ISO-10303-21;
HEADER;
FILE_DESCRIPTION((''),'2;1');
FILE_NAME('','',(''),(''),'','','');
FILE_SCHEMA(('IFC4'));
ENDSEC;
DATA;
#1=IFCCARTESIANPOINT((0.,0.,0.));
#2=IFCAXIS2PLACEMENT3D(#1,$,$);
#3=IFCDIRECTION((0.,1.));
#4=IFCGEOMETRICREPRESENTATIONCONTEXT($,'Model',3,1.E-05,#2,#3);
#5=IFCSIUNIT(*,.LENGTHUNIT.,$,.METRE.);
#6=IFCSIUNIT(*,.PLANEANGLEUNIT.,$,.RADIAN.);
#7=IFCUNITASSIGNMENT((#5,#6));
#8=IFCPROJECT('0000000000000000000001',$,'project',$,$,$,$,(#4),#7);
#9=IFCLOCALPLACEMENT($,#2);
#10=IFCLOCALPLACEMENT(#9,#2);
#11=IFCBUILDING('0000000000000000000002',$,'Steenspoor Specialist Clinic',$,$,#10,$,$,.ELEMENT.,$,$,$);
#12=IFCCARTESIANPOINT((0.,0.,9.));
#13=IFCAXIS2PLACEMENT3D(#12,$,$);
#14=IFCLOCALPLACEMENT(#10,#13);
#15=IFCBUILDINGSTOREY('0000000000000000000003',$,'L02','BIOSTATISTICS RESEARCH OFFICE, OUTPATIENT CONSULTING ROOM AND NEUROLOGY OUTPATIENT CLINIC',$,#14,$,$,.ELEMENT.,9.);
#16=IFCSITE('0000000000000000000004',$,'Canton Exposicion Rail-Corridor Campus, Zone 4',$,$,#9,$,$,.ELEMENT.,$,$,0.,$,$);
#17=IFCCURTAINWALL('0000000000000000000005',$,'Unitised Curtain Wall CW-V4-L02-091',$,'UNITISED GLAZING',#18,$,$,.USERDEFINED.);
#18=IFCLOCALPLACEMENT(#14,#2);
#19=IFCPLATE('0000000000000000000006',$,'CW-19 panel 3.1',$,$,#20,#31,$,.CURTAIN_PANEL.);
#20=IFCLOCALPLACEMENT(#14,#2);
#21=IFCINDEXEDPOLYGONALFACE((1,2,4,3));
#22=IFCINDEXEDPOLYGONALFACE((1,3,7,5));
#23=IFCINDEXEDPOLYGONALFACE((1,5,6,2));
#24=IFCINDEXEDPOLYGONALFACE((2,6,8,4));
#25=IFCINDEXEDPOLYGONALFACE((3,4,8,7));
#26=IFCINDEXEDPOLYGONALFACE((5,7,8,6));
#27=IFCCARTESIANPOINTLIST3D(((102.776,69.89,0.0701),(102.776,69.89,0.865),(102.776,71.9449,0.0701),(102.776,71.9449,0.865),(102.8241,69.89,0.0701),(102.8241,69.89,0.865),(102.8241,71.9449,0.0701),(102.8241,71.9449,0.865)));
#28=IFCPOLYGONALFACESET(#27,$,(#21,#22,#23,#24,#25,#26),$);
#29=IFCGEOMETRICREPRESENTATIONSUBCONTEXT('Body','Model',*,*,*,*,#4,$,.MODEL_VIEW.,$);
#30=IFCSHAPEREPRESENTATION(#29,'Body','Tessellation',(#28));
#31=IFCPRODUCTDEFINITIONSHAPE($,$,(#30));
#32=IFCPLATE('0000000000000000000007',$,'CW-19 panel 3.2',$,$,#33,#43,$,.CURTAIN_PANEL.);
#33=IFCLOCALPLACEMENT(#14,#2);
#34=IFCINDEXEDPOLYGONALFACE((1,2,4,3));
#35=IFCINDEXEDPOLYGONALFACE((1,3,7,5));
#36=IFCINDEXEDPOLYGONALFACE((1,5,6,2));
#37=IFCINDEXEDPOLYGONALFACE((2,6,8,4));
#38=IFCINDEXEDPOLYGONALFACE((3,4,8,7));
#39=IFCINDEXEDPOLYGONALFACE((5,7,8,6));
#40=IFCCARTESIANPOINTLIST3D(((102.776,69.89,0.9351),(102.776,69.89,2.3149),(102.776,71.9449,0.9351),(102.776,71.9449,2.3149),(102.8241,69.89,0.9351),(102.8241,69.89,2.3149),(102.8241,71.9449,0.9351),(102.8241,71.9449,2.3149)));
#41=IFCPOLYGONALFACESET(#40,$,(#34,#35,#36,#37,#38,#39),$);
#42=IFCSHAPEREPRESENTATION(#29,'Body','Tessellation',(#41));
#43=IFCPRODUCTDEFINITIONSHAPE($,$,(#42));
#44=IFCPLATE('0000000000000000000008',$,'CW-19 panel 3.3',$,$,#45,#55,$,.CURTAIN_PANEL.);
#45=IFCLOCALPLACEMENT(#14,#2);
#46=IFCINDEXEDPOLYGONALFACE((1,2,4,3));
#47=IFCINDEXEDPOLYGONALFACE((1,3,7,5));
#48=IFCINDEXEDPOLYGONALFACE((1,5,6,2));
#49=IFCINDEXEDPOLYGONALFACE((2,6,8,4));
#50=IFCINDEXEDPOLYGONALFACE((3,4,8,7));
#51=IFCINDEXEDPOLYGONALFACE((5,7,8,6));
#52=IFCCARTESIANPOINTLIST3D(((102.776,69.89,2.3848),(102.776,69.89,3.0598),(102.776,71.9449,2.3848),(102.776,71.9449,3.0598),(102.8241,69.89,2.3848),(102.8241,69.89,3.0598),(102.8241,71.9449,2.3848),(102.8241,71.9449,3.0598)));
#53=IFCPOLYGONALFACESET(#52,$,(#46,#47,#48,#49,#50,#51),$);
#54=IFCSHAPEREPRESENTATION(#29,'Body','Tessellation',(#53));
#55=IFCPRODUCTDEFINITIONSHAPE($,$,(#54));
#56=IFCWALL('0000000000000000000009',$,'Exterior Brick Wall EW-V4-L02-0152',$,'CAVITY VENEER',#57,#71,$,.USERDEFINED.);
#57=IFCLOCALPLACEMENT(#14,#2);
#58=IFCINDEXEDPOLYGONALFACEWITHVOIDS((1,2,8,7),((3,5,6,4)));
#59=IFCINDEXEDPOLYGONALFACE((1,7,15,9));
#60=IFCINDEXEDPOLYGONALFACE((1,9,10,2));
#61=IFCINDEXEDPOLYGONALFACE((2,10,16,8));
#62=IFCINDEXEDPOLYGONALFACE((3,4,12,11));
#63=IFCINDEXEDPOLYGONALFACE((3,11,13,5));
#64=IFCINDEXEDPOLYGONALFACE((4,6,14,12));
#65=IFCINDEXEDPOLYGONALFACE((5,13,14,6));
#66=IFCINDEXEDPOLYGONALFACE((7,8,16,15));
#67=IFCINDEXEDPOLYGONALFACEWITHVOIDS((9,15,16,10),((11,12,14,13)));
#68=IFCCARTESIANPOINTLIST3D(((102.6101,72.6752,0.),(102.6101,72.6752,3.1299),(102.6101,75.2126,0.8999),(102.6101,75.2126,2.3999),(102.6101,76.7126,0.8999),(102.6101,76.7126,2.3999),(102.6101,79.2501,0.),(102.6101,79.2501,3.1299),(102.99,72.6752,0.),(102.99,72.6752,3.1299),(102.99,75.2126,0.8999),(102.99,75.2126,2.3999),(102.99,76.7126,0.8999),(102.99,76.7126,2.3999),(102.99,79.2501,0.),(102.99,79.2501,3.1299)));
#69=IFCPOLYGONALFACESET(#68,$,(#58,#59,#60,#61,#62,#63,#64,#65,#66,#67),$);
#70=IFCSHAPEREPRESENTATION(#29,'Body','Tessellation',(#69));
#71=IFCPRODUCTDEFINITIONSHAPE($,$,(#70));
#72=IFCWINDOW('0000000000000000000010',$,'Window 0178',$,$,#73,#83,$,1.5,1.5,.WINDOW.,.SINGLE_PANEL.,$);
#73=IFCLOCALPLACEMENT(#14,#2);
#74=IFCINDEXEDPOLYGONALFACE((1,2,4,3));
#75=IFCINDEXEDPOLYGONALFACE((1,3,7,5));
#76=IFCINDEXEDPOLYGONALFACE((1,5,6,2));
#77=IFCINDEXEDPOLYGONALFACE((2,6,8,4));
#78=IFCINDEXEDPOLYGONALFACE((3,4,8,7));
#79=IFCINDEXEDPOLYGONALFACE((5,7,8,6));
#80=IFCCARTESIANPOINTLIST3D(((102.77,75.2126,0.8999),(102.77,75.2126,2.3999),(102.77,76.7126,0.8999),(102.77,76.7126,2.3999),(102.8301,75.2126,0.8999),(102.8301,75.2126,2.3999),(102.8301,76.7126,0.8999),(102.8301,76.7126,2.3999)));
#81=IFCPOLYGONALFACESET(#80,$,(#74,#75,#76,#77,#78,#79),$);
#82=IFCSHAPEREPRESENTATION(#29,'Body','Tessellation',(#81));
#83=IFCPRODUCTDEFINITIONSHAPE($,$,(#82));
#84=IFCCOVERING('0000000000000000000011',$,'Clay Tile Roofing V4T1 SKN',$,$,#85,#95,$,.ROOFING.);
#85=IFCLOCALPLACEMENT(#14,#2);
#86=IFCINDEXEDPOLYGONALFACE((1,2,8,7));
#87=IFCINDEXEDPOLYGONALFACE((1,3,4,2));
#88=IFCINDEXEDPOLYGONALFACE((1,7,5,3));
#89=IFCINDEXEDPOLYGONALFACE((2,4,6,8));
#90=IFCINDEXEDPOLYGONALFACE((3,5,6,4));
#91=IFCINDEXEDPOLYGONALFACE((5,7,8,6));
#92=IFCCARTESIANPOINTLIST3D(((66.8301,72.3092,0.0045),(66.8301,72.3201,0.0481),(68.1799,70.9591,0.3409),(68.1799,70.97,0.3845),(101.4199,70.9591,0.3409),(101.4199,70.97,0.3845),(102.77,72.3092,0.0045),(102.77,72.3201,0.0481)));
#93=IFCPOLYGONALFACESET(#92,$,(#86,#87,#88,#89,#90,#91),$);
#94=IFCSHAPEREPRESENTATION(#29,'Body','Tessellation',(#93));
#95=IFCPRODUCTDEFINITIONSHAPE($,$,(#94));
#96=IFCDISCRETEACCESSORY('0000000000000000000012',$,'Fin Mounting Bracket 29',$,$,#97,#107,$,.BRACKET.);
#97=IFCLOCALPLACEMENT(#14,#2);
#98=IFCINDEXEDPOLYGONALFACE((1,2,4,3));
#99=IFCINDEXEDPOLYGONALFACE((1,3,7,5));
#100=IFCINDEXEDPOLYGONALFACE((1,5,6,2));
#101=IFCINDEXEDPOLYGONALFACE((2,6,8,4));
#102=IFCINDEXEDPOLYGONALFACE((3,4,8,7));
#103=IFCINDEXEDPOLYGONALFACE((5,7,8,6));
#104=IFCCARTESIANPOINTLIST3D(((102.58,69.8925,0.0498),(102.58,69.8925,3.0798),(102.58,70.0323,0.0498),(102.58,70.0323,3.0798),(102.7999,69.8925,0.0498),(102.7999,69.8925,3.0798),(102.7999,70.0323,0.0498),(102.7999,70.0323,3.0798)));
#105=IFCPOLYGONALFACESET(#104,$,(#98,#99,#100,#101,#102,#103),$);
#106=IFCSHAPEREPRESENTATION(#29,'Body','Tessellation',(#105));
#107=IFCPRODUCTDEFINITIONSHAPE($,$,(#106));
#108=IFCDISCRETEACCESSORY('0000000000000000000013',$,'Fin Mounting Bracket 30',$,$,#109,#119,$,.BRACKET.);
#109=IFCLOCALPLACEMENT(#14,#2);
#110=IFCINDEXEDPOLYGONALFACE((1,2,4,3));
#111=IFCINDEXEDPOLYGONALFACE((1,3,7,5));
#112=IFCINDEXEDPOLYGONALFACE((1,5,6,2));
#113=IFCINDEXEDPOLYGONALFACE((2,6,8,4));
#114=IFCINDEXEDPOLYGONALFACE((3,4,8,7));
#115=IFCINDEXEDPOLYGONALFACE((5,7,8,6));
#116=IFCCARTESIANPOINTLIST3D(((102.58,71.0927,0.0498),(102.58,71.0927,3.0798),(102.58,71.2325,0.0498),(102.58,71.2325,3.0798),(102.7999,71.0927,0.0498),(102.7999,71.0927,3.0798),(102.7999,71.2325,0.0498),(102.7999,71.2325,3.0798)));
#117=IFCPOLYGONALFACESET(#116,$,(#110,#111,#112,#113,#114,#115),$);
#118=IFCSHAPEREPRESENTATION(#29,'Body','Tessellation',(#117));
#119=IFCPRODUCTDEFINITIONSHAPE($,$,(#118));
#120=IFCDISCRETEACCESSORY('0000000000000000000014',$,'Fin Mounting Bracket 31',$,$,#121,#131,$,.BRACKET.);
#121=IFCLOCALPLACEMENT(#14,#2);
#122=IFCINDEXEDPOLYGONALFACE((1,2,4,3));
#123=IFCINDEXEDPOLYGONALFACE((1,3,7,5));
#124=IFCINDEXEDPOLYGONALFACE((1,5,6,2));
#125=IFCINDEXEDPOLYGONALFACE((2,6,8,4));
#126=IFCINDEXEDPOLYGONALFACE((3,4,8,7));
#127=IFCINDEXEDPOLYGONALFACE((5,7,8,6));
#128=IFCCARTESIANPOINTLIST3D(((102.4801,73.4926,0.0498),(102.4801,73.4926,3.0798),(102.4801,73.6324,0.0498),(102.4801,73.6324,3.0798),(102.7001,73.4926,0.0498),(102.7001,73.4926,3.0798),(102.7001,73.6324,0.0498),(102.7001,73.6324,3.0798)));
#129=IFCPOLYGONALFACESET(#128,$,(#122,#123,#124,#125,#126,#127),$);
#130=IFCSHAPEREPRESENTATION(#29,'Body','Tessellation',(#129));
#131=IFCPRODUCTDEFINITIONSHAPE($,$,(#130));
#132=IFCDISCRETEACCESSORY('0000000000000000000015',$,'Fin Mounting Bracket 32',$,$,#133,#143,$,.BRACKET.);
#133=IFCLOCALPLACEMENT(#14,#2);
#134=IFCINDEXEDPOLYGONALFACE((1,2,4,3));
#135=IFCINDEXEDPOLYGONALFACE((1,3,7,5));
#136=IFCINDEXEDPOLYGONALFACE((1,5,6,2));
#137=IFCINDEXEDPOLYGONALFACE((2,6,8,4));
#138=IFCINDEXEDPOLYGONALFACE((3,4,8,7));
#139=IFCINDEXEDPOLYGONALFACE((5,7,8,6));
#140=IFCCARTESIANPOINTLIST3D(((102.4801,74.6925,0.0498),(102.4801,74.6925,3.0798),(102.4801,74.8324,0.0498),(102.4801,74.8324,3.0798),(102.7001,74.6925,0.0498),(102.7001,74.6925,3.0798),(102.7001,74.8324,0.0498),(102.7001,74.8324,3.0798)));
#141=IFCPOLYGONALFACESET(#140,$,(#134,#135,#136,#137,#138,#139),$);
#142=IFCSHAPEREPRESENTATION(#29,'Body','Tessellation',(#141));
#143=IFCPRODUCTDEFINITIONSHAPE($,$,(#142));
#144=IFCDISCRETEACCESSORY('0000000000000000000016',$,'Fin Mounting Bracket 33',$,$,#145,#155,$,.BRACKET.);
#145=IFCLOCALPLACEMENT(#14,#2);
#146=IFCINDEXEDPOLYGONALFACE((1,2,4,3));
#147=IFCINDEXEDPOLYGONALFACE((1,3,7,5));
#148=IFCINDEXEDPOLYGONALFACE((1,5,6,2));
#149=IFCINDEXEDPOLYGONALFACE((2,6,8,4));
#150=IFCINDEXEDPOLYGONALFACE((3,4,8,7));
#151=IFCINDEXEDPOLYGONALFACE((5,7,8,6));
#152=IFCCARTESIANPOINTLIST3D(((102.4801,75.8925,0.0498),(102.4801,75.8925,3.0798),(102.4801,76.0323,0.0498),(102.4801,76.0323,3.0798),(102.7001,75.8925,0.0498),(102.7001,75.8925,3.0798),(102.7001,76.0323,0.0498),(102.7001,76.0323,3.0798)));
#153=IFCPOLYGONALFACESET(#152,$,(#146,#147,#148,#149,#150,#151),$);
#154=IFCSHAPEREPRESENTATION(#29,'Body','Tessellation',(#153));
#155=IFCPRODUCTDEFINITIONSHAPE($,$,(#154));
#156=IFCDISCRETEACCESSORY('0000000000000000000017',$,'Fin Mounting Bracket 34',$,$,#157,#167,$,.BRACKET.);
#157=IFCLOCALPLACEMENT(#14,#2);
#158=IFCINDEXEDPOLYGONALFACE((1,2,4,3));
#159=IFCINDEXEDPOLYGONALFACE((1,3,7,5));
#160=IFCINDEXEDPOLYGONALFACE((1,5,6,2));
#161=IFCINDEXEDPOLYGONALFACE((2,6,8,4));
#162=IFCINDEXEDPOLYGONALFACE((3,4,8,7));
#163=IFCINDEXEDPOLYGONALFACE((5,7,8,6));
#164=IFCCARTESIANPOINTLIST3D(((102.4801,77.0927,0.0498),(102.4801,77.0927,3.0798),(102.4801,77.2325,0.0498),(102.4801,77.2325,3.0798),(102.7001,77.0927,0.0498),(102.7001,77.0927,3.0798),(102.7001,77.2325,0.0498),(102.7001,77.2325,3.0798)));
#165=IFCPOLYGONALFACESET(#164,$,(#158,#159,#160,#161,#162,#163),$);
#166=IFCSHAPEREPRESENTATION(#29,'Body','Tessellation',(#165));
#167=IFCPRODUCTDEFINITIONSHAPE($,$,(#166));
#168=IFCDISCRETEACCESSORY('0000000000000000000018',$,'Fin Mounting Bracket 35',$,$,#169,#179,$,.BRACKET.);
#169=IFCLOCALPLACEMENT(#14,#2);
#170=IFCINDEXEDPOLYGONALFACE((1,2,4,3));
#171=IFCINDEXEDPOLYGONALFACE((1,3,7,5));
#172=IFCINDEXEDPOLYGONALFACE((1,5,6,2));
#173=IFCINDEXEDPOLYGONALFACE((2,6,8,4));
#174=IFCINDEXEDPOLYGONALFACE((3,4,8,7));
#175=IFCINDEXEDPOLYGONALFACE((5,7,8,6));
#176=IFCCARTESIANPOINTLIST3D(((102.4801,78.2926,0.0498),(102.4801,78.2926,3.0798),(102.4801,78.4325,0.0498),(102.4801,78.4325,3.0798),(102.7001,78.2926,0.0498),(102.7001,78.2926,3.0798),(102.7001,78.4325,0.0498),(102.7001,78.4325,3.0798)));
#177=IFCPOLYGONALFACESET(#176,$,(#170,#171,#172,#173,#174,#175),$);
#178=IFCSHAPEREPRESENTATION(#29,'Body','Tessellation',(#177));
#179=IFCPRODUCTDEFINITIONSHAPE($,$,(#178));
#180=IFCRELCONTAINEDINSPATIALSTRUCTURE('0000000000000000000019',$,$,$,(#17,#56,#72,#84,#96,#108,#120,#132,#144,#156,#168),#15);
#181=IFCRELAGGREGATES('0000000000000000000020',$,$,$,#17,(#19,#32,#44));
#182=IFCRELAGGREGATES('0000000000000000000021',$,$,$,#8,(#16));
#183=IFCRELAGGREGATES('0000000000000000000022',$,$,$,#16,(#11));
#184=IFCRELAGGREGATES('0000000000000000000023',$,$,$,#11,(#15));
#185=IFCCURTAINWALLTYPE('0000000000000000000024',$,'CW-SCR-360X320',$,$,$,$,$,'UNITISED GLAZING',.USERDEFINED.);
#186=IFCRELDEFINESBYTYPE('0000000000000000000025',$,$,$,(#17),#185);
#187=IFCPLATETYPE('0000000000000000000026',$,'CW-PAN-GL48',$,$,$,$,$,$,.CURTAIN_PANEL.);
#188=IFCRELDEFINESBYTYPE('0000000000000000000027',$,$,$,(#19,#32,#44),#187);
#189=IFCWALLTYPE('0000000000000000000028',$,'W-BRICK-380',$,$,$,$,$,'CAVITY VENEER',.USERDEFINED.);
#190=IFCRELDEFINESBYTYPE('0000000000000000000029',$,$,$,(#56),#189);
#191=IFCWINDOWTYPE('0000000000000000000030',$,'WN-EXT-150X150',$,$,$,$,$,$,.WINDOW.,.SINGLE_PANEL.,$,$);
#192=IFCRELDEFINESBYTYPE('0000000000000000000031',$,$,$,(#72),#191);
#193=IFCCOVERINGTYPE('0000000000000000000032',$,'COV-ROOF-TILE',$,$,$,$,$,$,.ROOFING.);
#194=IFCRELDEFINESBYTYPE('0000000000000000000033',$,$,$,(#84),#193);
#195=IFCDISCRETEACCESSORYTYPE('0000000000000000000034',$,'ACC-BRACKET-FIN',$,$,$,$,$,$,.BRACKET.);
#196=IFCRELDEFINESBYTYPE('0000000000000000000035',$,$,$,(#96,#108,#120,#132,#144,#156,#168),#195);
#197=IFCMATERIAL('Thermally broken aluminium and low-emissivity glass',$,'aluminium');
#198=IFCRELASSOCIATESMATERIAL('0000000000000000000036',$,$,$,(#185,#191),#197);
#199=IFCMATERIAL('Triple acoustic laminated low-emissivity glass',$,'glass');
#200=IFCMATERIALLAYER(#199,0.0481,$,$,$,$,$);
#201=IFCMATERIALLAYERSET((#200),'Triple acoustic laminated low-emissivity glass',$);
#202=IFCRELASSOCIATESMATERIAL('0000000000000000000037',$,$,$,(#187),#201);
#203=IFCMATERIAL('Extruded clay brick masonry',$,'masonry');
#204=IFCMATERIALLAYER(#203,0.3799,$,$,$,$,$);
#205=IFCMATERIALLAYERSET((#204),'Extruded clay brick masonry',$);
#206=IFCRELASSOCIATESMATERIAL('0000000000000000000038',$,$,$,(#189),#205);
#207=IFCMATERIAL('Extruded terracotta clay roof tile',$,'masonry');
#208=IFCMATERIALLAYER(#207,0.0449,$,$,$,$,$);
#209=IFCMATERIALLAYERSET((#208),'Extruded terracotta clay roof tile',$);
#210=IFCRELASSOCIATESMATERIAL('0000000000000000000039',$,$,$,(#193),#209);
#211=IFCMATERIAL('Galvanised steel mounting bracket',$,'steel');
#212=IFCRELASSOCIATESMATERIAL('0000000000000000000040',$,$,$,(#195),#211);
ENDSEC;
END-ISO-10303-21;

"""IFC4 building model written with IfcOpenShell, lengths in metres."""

from ifc_helpers import new_model, si_unit, direction, frame, frame_2d, origin, origin_2d, place, context, subcontext, project, spatial, polyline, rectangle, outline, extrude, material, layer, layer_set, type_object, element, fill, aggregate, save


model = new_model("IFC4")

# Units and contexts
model_context = context("Model", 3, precision=1e-05, world=origin(), true_north=direction((0.0, 1.0)))
body_context = subcontext(model_context, "Body", "Model", "MODEL_VIEW")
ifc_project = project(units=[si_unit("LENGTHUNIT", "METRE"), si_unit("PLANEANGLEUNIT", "RADIAN")], contexts=[model_context])

# Site, building, storey
site_placement = place(None, origin())
site = spatial("IfcSite", under=ifc_project, at=site_placement, Name="Canton Exposicion Rail-Corridor Campus, Zone 4", CompositionType="ELEMENT", RefElevation=0.0)
building_placement = place(site_placement, origin())
building = spatial("IfcBuilding", under=site, at=building_placement, Name="Steenspoor Specialist Clinic", CompositionType="ELEMENT")
storey_placement = place(building_placement, frame((0.0, 0.0, 9.0)))
storey = spatial("IfcBuildingStorey", under=building, at=storey_placement, Name="L02", Description="BIOSTATISTICS RESEARCH OFFICE, OUTPATIENT CONSULTING ROOM AND NEUROLOGY OUTPATIENT CLINIC", CompositionType="ELEMENT", Elevation=9.0)

# Curtain wall
ifc_material_1 = material(Name="Thermally broken aluminium and low-emissivity glass", Category="aluminium")
curtain_wall_type = type_object("IfcCurtainWallType", Name="CW-SCR-360X320", ElementType="UNITISED GLAZING", PredefinedType="USERDEFINED", material=ifc_material_1)
curtain_wall_placement = place(storey_placement, origin())
curtain_wall = element("IfcCurtainWall", 1, at=curtain_wall_placement, inside=storey, type_object=curtain_wall_type, Name="Unitised Curtain Wall CW-V4-L02-091", ObjectType="UNITISED GLAZING", PredefinedType="USERDEFINED")

# Plates
ifc_material_2 = material(Name="Triple acoustic laminated low-emissivity glass", Category="glass")
ifc_layer_1 = layer(ifc_material_2, 0.0481)
ifc_layer_set_1 = layer_set([ifc_layer_1], Name="Triple acoustic laminated low-emissivity glass")
plate_type = type_object("IfcPlateType", Name="CW-PAN-GL48", PredefinedType="CURTAIN_PANEL", material=ifc_layer_set_1)
plate_1_placement = place(storey_placement, frame((102.8, 70.9175, 0.0701), z_axis=(0.0, 0.0, 1.0), x_axis=(0.0, 1.0, 0.0)))
plate_1 = element("IfcPlate", 2, at=plate_1_placement, type_object=plate_type, Name="CW-19 panel 3.1", PredefinedType="CURTAIN_PANEL", context=body_context, shape_type="SweptSolid", body=[
    extrude(rectangle(XDim=2.0549, YDim=0.0481, at=origin_2d()), origin(), (0.0, 0.0, 1.0), 0.7949),
])
plate_2_placement = place(storey_placement, frame((102.8, 70.9175, 0.9351), z_axis=(0.0, 0.0, 1.0), x_axis=(0.0, 1.0, 0.0)))
plate_2 = element("IfcPlate", 3, at=plate_2_placement, type_object=plate_type, Name="CW-19 panel 3.2", PredefinedType="CURTAIN_PANEL", context=body_context, shape_type="SweptSolid", body=[
    extrude(rectangle(XDim=2.0549, YDim=0.0481, at=origin_2d()), origin(), (0.0, 0.0, 1.0), 1.3799),
])
plate_3_placement = place(storey_placement, frame((102.8, 70.9175, 2.3848), z_axis=(0.0, 0.0, 1.0), x_axis=(0.0, 1.0, 0.0)))
plate_3 = element("IfcPlate", 4, at=plate_3_placement, type_object=plate_type, Name="CW-19 panel 3.3", PredefinedType="CURTAIN_PANEL", context=body_context, shape_type="SweptSolid", body=[
    extrude(rectangle(XDim=2.0549, YDim=0.0481, at=origin_2d()), origin(), (0.0, 0.0, 1.0), 0.675),
])
aggregate(curtain_wall, [plate_1, plate_2, plate_3])

# Wall, opening, window
ifc_material_3 = material(Name="Extruded clay brick masonry", Category="masonry")
ifc_layer_2 = layer(ifc_material_3, 0.3799)
ifc_layer_set_2 = layer_set([ifc_layer_2], Name="Extruded clay brick masonry")
wall_type = type_object("IfcWallType", Name="W-BRICK-380", ElementType="CAVITY VENEER", PredefinedType="USERDEFINED", material=ifc_layer_set_2)
wall_placement = place(storey_placement, frame((102.8, 72.675, 0.0), z_axis=(0.0, 0.0, 1.0), x_axis=(0.0, 1.0, 0.0)))
wall = element("IfcWall", 5, at=wall_placement, inside=storey, type_object=wall_type, Name="Exterior Brick Wall EW-V4-L02-0152", ObjectType="CAVITY VENEER", PredefinedType="USERDEFINED", context=body_context, shape_type="SweptSolid", body=[
    extrude(rectangle(XDim=6.575, YDim=0.3799, at=frame_2d((3.2876, 0.0))), origin(), (0.0, 0.0, 1.0), 3.1299),
])
opening_placement = place(wall_placement, frame((2.5376, 0.0, 0.8999)))
opening = element("IfcOpeningElement", 6, at=opening_placement, cuts=wall, PredefinedType="OPENING", context=body_context, shape_type="SweptSolid", body=[
    extrude(rectangle(XDim=1.5, YDim=1.5, at=frame_2d((0.75, 0.75))), frame((0.0, 0.2, 0.0), z_axis=(0.0, -1.0, 0.0), x_axis=(1.0, 0.0, 0.0)), (0.0, 0.0, 1.0), 0.3999),
])
window_type = type_object("IfcWindowType", Name="WN-EXT-150X150", PartitioningType="SINGLE_PANEL", PredefinedType="WINDOW", material=ifc_material_1)
window_placement = place(opening_placement, origin())
window = element("IfcWindow", 7, at=window_placement, inside=storey, type_object=window_type, Name="Window 0178", OverallHeight=1.5, OverallWidth=1.5, PartitioningType="SINGLE_PANEL", PredefinedType="WINDOW", context=body_context, shape_type="SweptSolid", body=[
    extrude(rectangle(XDim=1.5, YDim=1.5, at=frame_2d((0.75, 0.75))), frame((0.0, 0.03, 0.0), z_axis=(0.0, -1.0, 0.0), x_axis=(1.0, 0.0, 0.0)), (0.0, 0.0, 1.0), 0.0601),
])
fill(opening, window)

# Covering
ifc_material_4 = material(Name="Extruded terracotta clay roof tile", Category="masonry")
ifc_layer_3 = layer(ifc_material_4, 0.0449)
ifc_layer_set_3 = layer_set([ifc_layer_3], Name="Extruded terracotta clay roof tile")
covering_type = type_object("IfcCoveringType", Name="COV-ROOF-TILE", PredefinedType="ROOFING", material=ifc_layer_set_3)
covering_placement = place(storey_placement, frame((102.77, 72.3201, 0.0481), z_axis=(0.0, 0.241792, 0.970328), x_axis=(-1.0, 0.0, 0.0)))
element("IfcCovering", 8, at=covering_placement, inside=storey, type_object=covering_type, Name="Clay Tile Roofing V4T1 SKN", PredefinedType="ROOFING", context=body_context, shape_type="SweptSolid", body=[
    extrude(outline(polyline([(0.0, 0.0), (35.9399, 0.0), (34.5901, 1.3914), (1.3501, 1.3914), (0.0, 0.0)])), origin(), (0.0, 0.0, -1.0), 0.0449),
])

# Discrete accessories
ifc_material_5 = material(Name="Galvanised steel mounting bracket", Category="steel")
discrete_accessory_type = type_object("IfcDiscreteAccessoryType", Name="ACC-BRACKET-FIN", PredefinedType="BRACKET", material=ifc_material_5)
for number, where, z_axis, x_axis, name in (
    (9, (102.6899, 69.9624, 0.0498), (0.0, 0.0, 1.0), (-1.0, 0.0, 0.0), "Fin Mounting Bracket 29"),
    (10, (102.6899, 71.1626, 0.0498), (0.0, 0.0, 1.0), (-1.0, 0.0, 0.0), "Fin Mounting Bracket 30"),
    (11, (102.5901, 73.5625, 0.0498), (0.0, 0.0, 1.0), (-1.0, 0.0, 0.0), "Fin Mounting Bracket 31"),
    (12, (102.5901, 74.7625, 0.0498), (0.0, 0.0, 1.0), (-1.0, 0.0, 0.0), "Fin Mounting Bracket 32"),
    (13, (102.5901, 75.9624, 0.0498), (0.0, 0.0, 1.0), (-1.0, 0.0, 0.0), "Fin Mounting Bracket 33"),
    (14, (102.5901, 77.1626, 0.0498), (0.0, 0.0, 1.0), (-1.0, 0.0, 0.0), "Fin Mounting Bracket 34"),
    (15, (102.5901, 78.3625, 0.0498), (0.0, 0.0, 1.0), (-1.0, 0.0, 0.0), "Fin Mounting Bracket 35"),
):
    element("IfcDiscreteAccessory", number, at=place(storey_placement, frame(where, z_axis=z_axis, x_axis=x_axis)), inside=storey, type_object=discrete_accessory_type, Name=name, PredefinedType="BRACKET", context=body_context, shape_type="SweptSolid", body=[
        extrude(rectangle(XDim=0.22, YDim=0.1399, at=origin_2d()), origin(), (0.0, 0.0, 1.0), 3.03),
    ])

save(model, "model.ifc")
